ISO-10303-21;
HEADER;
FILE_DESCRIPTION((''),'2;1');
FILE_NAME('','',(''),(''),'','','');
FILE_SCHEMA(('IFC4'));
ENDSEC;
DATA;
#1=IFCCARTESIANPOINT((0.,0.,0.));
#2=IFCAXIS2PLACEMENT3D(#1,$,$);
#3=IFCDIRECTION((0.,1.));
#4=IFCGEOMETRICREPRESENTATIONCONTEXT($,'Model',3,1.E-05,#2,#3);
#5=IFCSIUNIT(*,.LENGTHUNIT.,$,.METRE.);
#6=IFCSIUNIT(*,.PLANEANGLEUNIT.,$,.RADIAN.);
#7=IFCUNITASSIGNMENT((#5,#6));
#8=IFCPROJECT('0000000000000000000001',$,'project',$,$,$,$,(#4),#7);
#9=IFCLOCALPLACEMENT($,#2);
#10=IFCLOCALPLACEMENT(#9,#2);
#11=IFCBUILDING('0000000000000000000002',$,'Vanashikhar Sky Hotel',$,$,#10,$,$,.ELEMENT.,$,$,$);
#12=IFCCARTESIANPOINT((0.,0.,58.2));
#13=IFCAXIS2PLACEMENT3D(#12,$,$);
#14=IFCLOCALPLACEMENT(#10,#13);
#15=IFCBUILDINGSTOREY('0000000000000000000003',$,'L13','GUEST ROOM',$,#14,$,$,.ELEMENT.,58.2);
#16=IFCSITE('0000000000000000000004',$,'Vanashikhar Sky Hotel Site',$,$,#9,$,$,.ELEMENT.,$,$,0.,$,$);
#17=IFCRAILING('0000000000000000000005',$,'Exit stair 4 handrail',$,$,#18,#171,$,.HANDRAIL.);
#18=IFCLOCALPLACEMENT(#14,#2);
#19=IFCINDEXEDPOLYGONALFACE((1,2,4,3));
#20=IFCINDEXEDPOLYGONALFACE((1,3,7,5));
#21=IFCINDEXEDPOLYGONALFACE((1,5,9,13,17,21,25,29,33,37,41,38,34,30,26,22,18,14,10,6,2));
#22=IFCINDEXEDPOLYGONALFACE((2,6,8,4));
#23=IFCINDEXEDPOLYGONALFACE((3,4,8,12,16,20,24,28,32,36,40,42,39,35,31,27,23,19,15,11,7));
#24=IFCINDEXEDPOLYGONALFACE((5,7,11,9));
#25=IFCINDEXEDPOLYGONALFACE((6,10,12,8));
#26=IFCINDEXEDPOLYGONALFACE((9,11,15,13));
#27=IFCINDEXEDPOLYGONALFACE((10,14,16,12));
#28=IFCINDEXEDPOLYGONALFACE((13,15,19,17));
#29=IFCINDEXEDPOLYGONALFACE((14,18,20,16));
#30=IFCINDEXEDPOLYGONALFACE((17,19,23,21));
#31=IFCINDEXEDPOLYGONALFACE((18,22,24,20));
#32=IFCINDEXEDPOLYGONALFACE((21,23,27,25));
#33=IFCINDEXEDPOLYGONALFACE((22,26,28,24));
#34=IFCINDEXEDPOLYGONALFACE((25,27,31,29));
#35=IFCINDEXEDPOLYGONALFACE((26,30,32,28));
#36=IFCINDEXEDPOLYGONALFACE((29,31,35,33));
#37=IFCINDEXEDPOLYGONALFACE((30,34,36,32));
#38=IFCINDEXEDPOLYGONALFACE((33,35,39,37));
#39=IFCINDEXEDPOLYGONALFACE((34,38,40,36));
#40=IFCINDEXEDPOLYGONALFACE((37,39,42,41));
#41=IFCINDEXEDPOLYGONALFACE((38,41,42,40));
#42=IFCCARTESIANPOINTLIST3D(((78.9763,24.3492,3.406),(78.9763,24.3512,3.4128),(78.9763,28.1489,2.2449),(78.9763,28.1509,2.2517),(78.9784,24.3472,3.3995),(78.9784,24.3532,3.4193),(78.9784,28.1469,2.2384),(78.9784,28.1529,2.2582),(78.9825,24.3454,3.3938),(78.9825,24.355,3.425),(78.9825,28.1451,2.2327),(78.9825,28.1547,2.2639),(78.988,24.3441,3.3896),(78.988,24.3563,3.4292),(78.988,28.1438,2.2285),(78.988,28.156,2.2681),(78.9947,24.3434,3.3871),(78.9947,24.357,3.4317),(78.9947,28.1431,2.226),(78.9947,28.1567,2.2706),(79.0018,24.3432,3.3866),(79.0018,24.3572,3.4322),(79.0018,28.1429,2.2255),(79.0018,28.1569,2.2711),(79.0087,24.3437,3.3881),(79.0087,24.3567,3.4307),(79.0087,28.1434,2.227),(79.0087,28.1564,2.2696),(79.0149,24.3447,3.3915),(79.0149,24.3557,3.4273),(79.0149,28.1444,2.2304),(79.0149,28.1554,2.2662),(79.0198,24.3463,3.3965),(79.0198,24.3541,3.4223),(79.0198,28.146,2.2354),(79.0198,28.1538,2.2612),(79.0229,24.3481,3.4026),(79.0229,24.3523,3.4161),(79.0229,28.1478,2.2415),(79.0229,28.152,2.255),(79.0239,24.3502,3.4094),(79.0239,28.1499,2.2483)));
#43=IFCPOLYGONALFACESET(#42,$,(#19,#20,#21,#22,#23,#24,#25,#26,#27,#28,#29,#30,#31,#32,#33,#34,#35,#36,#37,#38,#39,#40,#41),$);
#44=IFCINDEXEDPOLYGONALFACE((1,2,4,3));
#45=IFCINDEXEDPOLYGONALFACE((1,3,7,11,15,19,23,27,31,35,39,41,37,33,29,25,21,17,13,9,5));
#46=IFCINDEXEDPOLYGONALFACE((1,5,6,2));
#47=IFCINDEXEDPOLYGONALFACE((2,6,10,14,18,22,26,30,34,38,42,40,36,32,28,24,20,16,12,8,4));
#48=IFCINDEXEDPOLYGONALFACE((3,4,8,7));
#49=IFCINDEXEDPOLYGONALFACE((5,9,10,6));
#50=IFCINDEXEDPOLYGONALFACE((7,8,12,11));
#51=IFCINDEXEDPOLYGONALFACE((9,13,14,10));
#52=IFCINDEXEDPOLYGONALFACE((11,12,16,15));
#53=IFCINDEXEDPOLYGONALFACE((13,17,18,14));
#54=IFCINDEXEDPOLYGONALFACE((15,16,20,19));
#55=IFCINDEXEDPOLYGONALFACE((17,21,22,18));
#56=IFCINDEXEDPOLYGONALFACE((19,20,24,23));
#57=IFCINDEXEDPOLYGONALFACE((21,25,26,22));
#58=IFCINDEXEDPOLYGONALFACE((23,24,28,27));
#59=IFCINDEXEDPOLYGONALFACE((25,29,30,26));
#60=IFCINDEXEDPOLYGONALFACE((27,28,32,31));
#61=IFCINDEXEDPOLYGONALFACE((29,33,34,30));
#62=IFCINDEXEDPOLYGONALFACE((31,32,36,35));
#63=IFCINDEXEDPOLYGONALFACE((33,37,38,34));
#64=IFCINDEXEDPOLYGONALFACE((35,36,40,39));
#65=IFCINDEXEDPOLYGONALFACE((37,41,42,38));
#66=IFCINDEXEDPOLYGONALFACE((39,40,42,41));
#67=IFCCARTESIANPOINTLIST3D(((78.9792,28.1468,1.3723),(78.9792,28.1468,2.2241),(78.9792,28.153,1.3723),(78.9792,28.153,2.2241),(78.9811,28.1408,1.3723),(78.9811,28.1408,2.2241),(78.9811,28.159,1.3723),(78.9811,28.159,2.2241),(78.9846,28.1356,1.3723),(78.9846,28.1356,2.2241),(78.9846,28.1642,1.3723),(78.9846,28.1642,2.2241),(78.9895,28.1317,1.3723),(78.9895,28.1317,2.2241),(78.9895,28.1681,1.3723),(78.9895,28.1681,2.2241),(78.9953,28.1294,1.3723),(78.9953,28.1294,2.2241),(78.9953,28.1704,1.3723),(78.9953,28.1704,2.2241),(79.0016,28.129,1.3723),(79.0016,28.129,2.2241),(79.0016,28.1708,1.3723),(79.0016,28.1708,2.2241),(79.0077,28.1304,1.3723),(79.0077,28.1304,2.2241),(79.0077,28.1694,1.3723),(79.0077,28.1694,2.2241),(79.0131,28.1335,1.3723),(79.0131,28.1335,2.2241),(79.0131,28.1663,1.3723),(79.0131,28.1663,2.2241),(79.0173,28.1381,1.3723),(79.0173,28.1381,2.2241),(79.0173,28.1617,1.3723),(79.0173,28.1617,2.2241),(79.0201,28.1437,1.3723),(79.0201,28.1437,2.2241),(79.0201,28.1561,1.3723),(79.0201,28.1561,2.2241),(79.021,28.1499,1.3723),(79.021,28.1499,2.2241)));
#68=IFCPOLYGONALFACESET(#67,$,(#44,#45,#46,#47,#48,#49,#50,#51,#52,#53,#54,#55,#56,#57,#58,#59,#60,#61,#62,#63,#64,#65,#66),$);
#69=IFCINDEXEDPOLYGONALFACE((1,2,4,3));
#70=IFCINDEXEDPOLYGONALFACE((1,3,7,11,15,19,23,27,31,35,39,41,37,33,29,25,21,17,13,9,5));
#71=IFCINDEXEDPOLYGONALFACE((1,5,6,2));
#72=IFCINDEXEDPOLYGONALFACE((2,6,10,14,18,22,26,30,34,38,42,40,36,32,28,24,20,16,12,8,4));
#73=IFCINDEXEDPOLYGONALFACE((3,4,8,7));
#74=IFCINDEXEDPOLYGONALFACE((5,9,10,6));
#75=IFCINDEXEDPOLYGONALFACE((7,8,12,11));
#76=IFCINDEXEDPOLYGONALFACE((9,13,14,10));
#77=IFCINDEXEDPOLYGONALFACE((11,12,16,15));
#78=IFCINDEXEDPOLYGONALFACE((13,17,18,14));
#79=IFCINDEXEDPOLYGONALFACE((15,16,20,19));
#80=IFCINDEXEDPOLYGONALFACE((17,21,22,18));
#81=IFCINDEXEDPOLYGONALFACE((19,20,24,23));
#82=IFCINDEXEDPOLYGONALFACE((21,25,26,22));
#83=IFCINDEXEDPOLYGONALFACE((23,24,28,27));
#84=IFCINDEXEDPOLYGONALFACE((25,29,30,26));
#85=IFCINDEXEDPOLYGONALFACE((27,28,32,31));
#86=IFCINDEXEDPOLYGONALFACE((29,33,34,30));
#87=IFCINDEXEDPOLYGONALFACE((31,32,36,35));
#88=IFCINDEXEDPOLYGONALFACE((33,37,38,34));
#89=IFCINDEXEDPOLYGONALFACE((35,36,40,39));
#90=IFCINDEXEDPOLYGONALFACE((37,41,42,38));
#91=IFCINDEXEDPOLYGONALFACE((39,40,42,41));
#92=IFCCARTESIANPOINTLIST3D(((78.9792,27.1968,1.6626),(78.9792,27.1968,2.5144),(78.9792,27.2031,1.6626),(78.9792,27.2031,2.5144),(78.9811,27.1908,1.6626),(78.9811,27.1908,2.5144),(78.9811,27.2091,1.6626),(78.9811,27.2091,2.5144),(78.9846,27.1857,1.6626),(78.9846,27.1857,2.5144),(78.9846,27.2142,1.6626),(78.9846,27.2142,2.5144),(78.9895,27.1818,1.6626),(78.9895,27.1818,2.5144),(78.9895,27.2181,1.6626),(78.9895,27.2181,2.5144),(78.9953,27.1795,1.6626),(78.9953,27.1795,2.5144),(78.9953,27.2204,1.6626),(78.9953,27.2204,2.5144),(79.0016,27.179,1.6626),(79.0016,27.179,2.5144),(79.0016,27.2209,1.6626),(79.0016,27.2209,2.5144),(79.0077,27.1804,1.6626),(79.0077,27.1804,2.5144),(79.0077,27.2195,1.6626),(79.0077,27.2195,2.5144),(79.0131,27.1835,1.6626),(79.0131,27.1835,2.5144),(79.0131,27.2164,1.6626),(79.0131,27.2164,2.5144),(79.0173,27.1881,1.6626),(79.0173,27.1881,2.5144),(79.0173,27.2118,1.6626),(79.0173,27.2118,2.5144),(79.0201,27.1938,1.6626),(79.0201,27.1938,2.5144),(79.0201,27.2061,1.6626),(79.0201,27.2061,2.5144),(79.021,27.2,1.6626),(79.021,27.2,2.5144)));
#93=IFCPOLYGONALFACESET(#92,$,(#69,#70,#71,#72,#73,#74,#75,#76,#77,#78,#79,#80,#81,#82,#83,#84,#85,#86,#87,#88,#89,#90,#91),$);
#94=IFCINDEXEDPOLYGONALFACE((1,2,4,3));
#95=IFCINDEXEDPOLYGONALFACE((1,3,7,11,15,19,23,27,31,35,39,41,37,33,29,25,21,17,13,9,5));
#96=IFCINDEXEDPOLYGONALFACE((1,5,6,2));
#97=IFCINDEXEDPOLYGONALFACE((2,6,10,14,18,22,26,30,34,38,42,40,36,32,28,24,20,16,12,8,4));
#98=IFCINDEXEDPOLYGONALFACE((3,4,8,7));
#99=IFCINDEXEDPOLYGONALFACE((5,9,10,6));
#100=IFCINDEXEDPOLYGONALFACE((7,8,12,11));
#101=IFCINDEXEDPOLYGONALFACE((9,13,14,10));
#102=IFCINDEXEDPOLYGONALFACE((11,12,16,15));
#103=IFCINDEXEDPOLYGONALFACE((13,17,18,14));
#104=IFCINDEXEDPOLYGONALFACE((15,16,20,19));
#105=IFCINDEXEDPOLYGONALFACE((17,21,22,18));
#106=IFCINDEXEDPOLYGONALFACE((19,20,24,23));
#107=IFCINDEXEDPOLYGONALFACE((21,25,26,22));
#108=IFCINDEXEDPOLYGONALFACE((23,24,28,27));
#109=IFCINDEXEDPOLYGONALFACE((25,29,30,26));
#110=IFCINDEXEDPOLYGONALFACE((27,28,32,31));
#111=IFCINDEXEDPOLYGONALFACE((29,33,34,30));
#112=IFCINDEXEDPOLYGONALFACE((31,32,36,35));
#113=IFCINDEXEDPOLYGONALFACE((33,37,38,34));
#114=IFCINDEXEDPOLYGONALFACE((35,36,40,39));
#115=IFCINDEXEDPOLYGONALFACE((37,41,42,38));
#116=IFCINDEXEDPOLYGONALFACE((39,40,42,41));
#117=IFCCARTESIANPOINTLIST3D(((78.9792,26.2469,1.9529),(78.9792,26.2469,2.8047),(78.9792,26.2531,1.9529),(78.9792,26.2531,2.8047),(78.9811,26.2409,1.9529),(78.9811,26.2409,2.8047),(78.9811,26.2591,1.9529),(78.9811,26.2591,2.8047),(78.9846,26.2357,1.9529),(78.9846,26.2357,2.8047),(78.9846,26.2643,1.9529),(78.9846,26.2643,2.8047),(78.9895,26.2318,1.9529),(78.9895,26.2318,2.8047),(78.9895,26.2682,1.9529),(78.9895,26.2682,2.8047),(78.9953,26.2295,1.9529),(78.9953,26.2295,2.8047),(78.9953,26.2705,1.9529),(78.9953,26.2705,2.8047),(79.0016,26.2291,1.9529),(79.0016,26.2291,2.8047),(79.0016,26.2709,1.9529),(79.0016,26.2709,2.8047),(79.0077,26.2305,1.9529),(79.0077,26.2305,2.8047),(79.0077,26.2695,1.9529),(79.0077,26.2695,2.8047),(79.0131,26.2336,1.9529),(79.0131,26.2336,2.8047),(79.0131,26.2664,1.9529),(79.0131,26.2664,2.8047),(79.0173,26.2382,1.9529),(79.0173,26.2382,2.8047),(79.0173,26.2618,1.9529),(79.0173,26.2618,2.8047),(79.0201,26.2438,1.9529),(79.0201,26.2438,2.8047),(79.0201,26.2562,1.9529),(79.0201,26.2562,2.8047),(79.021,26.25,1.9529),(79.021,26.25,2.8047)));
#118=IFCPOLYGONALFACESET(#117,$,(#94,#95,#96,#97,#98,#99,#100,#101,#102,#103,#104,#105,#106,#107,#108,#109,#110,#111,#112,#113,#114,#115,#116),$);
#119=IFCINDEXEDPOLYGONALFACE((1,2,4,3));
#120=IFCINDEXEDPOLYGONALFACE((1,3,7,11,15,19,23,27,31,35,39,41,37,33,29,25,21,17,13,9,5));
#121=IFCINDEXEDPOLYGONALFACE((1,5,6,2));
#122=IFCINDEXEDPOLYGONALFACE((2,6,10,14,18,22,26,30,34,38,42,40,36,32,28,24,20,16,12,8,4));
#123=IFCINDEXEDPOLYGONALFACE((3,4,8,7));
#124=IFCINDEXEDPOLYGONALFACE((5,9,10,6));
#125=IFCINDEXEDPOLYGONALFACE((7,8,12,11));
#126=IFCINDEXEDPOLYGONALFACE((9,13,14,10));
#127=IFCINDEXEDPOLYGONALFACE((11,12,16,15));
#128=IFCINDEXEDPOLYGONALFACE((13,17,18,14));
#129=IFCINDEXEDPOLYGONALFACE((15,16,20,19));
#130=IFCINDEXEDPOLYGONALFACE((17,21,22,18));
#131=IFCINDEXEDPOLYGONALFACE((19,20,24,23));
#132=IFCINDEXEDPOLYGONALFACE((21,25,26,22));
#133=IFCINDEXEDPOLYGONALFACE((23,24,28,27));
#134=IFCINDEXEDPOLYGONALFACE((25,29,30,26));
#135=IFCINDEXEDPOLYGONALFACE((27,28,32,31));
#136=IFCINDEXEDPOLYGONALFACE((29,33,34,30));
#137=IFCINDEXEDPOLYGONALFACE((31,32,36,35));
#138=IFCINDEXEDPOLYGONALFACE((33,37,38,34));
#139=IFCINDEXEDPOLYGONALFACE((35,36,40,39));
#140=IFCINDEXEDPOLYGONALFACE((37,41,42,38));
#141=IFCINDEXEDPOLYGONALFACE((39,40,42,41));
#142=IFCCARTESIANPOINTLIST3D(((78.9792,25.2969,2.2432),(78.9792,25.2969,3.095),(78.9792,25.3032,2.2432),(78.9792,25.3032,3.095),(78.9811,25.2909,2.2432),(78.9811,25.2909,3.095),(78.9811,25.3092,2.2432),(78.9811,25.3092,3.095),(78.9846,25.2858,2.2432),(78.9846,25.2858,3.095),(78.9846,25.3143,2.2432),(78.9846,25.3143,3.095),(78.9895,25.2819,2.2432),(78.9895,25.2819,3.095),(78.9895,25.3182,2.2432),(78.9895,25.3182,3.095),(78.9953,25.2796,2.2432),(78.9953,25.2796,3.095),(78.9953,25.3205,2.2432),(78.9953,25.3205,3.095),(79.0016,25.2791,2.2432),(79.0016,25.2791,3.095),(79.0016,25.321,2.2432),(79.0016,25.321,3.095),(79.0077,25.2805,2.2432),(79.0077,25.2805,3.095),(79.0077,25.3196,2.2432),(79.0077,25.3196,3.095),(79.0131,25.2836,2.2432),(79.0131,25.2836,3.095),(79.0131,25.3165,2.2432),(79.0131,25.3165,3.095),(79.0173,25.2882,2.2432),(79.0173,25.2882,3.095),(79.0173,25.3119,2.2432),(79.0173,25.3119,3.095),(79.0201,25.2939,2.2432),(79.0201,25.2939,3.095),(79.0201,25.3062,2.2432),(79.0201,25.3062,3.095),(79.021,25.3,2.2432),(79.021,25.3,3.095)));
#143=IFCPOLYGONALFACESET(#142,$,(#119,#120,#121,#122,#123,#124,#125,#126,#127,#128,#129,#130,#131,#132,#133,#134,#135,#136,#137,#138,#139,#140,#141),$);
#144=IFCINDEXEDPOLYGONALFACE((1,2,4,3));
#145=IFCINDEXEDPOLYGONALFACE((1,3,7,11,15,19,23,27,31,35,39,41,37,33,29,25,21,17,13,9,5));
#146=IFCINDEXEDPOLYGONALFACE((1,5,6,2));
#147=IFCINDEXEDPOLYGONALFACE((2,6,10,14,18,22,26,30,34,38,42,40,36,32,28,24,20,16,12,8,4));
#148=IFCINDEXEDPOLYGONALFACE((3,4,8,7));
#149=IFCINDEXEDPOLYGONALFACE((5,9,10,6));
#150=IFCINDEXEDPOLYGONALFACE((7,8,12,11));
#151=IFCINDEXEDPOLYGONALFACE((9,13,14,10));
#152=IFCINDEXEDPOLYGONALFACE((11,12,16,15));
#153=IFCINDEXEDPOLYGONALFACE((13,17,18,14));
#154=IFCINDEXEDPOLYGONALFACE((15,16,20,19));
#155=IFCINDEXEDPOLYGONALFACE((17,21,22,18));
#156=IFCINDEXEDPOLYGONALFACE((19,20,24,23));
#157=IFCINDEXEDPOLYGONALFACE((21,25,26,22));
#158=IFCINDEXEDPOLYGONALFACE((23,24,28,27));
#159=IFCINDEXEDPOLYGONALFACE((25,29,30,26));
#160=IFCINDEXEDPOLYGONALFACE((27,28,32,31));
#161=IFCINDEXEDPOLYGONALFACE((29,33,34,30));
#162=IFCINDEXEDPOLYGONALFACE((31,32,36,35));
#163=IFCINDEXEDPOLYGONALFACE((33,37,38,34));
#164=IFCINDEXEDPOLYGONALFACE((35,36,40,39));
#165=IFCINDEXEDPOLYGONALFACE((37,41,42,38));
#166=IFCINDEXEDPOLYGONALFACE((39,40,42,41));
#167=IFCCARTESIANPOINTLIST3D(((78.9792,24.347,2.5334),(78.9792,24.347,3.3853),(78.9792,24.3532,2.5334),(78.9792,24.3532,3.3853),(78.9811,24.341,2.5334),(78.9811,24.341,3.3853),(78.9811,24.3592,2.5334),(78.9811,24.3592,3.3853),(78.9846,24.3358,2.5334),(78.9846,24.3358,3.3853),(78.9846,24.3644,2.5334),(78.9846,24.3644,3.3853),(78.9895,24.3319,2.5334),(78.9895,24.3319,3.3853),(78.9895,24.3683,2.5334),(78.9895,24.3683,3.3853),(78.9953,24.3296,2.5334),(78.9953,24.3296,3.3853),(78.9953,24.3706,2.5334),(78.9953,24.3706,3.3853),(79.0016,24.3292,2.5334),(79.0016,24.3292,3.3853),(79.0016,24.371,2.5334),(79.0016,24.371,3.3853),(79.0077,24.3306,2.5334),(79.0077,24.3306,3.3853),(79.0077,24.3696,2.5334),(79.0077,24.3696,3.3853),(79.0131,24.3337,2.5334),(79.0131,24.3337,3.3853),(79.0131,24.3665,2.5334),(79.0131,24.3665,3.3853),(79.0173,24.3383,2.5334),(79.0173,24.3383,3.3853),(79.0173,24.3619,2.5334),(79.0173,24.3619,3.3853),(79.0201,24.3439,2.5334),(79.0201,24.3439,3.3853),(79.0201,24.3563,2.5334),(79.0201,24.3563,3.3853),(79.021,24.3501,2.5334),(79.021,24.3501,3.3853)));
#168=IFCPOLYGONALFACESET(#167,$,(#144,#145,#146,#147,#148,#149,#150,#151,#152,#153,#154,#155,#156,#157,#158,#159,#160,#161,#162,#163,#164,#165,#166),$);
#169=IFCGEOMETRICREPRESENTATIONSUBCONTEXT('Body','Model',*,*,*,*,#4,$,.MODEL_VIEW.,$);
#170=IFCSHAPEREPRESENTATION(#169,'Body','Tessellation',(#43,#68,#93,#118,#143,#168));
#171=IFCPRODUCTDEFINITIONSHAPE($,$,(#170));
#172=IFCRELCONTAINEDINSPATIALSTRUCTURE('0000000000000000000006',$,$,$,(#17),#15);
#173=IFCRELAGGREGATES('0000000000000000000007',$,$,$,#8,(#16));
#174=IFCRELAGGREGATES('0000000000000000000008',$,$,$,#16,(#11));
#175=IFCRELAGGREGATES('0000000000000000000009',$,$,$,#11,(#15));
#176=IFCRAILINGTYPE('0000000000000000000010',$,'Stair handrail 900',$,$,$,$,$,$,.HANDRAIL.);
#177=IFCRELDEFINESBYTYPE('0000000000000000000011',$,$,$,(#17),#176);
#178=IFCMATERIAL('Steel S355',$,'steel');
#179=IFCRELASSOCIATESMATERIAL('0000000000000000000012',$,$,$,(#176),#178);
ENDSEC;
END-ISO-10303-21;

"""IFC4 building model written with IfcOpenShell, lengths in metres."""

from ifc_helpers import new_model, si_unit, direction, frame, origin, origin_2d, place, context, subcontext, project, spatial, circle, extrude, source, transform, mapped, material, type_object, element, save


model = new_model("IFC4")

# Units and contexts
model_context = context("Model", 3, precision=1e-05, world=origin(), true_north=direction((0.0, 1.0)))
body_context = subcontext(model_context, "Body", "Model", "MODEL_VIEW")
ifc_project = project(units=[si_unit("LENGTHUNIT", "METRE"), si_unit("PLANEANGLEUNIT", "RADIAN")], contexts=[model_context])

# Site, building, storey
site_placement = place(None, origin())
site = spatial("IfcSite", under=ifc_project, at=site_placement, Name="Vanashikhar Sky Hotel Site", CompositionType="ELEMENT", RefElevation=0.0)
building_placement = place(site_placement, origin())
building = spatial("IfcBuilding", under=site, at=building_placement, Name="Vanashikhar Sky Hotel", CompositionType="ELEMENT")
storey_placement = place(building_placement, frame((0.0, 0.0, 58.2)))
storey = spatial("IfcBuildingStorey", under=building, at=storey_placement, Name="L13", Description="GUEST ROOM", CompositionType="ELEMENT", Elevation=58.2)

# Railing
ifc_material_1 = material(Name="Steel S355", Category="steel")
railing_type_1 = type_object("IfcRailingType", Name="Stair handrail 900", PredefinedType="HANDRAIL", material=ifc_material_1)
shared_shape_1 = source(origin(), body_context, "Body", "SweptSolid", [
    extrude(circle(Radius=0.0239, at=origin_2d()), frame((0.0, 0.0, 0.876), z_axis=(0.0, -0.956346, 0.292237), x_axis=(1.0, 0.0, 0.0)), (0.0, 0.0, 1.0), 3.9731),
    extrude(circle(Radius=0.021, at=origin_2d()), origin(), (0.0, 0.0, 1.0), 0.8518),
    extrude(circle(Radius=0.021, at=origin_2d()), frame((0.0, -0.95, 0.2903)), (0.0, 0.0, 1.0), 0.8518),
    extrude(circle(Radius=0.021, at=origin_2d()), frame((0.0, -1.8999, 0.5806)), (0.0, 0.0, 1.0), 0.8518),
    extrude(circle(Radius=0.021, at=origin_2d()), frame((0.0, -2.8499, 0.8708)), (0.0, 0.0, 1.0), 0.8518),
    extrude(circle(Radius=0.021, at=origin_2d()), frame((0.0, -3.7998, 1.1611)), (0.0, 0.0, 1.0), 0.8518),
])
railing_1_placement = place(storey_placement, frame((79.0, 28.1499, 1.3723)))
element("IfcRailing", 1, at=railing_1_placement, inside=storey, type_object=railing_type_1, Name="Exit stair 4 handrail", PredefinedType="HANDRAIL", context=body_context, shape_type="MappedRepresentation", body=[
    mapped(shared_shape_1, transform((0.0, 0.0, 0.0), scale=1.0)),
])

save(model, "model.ifc")
